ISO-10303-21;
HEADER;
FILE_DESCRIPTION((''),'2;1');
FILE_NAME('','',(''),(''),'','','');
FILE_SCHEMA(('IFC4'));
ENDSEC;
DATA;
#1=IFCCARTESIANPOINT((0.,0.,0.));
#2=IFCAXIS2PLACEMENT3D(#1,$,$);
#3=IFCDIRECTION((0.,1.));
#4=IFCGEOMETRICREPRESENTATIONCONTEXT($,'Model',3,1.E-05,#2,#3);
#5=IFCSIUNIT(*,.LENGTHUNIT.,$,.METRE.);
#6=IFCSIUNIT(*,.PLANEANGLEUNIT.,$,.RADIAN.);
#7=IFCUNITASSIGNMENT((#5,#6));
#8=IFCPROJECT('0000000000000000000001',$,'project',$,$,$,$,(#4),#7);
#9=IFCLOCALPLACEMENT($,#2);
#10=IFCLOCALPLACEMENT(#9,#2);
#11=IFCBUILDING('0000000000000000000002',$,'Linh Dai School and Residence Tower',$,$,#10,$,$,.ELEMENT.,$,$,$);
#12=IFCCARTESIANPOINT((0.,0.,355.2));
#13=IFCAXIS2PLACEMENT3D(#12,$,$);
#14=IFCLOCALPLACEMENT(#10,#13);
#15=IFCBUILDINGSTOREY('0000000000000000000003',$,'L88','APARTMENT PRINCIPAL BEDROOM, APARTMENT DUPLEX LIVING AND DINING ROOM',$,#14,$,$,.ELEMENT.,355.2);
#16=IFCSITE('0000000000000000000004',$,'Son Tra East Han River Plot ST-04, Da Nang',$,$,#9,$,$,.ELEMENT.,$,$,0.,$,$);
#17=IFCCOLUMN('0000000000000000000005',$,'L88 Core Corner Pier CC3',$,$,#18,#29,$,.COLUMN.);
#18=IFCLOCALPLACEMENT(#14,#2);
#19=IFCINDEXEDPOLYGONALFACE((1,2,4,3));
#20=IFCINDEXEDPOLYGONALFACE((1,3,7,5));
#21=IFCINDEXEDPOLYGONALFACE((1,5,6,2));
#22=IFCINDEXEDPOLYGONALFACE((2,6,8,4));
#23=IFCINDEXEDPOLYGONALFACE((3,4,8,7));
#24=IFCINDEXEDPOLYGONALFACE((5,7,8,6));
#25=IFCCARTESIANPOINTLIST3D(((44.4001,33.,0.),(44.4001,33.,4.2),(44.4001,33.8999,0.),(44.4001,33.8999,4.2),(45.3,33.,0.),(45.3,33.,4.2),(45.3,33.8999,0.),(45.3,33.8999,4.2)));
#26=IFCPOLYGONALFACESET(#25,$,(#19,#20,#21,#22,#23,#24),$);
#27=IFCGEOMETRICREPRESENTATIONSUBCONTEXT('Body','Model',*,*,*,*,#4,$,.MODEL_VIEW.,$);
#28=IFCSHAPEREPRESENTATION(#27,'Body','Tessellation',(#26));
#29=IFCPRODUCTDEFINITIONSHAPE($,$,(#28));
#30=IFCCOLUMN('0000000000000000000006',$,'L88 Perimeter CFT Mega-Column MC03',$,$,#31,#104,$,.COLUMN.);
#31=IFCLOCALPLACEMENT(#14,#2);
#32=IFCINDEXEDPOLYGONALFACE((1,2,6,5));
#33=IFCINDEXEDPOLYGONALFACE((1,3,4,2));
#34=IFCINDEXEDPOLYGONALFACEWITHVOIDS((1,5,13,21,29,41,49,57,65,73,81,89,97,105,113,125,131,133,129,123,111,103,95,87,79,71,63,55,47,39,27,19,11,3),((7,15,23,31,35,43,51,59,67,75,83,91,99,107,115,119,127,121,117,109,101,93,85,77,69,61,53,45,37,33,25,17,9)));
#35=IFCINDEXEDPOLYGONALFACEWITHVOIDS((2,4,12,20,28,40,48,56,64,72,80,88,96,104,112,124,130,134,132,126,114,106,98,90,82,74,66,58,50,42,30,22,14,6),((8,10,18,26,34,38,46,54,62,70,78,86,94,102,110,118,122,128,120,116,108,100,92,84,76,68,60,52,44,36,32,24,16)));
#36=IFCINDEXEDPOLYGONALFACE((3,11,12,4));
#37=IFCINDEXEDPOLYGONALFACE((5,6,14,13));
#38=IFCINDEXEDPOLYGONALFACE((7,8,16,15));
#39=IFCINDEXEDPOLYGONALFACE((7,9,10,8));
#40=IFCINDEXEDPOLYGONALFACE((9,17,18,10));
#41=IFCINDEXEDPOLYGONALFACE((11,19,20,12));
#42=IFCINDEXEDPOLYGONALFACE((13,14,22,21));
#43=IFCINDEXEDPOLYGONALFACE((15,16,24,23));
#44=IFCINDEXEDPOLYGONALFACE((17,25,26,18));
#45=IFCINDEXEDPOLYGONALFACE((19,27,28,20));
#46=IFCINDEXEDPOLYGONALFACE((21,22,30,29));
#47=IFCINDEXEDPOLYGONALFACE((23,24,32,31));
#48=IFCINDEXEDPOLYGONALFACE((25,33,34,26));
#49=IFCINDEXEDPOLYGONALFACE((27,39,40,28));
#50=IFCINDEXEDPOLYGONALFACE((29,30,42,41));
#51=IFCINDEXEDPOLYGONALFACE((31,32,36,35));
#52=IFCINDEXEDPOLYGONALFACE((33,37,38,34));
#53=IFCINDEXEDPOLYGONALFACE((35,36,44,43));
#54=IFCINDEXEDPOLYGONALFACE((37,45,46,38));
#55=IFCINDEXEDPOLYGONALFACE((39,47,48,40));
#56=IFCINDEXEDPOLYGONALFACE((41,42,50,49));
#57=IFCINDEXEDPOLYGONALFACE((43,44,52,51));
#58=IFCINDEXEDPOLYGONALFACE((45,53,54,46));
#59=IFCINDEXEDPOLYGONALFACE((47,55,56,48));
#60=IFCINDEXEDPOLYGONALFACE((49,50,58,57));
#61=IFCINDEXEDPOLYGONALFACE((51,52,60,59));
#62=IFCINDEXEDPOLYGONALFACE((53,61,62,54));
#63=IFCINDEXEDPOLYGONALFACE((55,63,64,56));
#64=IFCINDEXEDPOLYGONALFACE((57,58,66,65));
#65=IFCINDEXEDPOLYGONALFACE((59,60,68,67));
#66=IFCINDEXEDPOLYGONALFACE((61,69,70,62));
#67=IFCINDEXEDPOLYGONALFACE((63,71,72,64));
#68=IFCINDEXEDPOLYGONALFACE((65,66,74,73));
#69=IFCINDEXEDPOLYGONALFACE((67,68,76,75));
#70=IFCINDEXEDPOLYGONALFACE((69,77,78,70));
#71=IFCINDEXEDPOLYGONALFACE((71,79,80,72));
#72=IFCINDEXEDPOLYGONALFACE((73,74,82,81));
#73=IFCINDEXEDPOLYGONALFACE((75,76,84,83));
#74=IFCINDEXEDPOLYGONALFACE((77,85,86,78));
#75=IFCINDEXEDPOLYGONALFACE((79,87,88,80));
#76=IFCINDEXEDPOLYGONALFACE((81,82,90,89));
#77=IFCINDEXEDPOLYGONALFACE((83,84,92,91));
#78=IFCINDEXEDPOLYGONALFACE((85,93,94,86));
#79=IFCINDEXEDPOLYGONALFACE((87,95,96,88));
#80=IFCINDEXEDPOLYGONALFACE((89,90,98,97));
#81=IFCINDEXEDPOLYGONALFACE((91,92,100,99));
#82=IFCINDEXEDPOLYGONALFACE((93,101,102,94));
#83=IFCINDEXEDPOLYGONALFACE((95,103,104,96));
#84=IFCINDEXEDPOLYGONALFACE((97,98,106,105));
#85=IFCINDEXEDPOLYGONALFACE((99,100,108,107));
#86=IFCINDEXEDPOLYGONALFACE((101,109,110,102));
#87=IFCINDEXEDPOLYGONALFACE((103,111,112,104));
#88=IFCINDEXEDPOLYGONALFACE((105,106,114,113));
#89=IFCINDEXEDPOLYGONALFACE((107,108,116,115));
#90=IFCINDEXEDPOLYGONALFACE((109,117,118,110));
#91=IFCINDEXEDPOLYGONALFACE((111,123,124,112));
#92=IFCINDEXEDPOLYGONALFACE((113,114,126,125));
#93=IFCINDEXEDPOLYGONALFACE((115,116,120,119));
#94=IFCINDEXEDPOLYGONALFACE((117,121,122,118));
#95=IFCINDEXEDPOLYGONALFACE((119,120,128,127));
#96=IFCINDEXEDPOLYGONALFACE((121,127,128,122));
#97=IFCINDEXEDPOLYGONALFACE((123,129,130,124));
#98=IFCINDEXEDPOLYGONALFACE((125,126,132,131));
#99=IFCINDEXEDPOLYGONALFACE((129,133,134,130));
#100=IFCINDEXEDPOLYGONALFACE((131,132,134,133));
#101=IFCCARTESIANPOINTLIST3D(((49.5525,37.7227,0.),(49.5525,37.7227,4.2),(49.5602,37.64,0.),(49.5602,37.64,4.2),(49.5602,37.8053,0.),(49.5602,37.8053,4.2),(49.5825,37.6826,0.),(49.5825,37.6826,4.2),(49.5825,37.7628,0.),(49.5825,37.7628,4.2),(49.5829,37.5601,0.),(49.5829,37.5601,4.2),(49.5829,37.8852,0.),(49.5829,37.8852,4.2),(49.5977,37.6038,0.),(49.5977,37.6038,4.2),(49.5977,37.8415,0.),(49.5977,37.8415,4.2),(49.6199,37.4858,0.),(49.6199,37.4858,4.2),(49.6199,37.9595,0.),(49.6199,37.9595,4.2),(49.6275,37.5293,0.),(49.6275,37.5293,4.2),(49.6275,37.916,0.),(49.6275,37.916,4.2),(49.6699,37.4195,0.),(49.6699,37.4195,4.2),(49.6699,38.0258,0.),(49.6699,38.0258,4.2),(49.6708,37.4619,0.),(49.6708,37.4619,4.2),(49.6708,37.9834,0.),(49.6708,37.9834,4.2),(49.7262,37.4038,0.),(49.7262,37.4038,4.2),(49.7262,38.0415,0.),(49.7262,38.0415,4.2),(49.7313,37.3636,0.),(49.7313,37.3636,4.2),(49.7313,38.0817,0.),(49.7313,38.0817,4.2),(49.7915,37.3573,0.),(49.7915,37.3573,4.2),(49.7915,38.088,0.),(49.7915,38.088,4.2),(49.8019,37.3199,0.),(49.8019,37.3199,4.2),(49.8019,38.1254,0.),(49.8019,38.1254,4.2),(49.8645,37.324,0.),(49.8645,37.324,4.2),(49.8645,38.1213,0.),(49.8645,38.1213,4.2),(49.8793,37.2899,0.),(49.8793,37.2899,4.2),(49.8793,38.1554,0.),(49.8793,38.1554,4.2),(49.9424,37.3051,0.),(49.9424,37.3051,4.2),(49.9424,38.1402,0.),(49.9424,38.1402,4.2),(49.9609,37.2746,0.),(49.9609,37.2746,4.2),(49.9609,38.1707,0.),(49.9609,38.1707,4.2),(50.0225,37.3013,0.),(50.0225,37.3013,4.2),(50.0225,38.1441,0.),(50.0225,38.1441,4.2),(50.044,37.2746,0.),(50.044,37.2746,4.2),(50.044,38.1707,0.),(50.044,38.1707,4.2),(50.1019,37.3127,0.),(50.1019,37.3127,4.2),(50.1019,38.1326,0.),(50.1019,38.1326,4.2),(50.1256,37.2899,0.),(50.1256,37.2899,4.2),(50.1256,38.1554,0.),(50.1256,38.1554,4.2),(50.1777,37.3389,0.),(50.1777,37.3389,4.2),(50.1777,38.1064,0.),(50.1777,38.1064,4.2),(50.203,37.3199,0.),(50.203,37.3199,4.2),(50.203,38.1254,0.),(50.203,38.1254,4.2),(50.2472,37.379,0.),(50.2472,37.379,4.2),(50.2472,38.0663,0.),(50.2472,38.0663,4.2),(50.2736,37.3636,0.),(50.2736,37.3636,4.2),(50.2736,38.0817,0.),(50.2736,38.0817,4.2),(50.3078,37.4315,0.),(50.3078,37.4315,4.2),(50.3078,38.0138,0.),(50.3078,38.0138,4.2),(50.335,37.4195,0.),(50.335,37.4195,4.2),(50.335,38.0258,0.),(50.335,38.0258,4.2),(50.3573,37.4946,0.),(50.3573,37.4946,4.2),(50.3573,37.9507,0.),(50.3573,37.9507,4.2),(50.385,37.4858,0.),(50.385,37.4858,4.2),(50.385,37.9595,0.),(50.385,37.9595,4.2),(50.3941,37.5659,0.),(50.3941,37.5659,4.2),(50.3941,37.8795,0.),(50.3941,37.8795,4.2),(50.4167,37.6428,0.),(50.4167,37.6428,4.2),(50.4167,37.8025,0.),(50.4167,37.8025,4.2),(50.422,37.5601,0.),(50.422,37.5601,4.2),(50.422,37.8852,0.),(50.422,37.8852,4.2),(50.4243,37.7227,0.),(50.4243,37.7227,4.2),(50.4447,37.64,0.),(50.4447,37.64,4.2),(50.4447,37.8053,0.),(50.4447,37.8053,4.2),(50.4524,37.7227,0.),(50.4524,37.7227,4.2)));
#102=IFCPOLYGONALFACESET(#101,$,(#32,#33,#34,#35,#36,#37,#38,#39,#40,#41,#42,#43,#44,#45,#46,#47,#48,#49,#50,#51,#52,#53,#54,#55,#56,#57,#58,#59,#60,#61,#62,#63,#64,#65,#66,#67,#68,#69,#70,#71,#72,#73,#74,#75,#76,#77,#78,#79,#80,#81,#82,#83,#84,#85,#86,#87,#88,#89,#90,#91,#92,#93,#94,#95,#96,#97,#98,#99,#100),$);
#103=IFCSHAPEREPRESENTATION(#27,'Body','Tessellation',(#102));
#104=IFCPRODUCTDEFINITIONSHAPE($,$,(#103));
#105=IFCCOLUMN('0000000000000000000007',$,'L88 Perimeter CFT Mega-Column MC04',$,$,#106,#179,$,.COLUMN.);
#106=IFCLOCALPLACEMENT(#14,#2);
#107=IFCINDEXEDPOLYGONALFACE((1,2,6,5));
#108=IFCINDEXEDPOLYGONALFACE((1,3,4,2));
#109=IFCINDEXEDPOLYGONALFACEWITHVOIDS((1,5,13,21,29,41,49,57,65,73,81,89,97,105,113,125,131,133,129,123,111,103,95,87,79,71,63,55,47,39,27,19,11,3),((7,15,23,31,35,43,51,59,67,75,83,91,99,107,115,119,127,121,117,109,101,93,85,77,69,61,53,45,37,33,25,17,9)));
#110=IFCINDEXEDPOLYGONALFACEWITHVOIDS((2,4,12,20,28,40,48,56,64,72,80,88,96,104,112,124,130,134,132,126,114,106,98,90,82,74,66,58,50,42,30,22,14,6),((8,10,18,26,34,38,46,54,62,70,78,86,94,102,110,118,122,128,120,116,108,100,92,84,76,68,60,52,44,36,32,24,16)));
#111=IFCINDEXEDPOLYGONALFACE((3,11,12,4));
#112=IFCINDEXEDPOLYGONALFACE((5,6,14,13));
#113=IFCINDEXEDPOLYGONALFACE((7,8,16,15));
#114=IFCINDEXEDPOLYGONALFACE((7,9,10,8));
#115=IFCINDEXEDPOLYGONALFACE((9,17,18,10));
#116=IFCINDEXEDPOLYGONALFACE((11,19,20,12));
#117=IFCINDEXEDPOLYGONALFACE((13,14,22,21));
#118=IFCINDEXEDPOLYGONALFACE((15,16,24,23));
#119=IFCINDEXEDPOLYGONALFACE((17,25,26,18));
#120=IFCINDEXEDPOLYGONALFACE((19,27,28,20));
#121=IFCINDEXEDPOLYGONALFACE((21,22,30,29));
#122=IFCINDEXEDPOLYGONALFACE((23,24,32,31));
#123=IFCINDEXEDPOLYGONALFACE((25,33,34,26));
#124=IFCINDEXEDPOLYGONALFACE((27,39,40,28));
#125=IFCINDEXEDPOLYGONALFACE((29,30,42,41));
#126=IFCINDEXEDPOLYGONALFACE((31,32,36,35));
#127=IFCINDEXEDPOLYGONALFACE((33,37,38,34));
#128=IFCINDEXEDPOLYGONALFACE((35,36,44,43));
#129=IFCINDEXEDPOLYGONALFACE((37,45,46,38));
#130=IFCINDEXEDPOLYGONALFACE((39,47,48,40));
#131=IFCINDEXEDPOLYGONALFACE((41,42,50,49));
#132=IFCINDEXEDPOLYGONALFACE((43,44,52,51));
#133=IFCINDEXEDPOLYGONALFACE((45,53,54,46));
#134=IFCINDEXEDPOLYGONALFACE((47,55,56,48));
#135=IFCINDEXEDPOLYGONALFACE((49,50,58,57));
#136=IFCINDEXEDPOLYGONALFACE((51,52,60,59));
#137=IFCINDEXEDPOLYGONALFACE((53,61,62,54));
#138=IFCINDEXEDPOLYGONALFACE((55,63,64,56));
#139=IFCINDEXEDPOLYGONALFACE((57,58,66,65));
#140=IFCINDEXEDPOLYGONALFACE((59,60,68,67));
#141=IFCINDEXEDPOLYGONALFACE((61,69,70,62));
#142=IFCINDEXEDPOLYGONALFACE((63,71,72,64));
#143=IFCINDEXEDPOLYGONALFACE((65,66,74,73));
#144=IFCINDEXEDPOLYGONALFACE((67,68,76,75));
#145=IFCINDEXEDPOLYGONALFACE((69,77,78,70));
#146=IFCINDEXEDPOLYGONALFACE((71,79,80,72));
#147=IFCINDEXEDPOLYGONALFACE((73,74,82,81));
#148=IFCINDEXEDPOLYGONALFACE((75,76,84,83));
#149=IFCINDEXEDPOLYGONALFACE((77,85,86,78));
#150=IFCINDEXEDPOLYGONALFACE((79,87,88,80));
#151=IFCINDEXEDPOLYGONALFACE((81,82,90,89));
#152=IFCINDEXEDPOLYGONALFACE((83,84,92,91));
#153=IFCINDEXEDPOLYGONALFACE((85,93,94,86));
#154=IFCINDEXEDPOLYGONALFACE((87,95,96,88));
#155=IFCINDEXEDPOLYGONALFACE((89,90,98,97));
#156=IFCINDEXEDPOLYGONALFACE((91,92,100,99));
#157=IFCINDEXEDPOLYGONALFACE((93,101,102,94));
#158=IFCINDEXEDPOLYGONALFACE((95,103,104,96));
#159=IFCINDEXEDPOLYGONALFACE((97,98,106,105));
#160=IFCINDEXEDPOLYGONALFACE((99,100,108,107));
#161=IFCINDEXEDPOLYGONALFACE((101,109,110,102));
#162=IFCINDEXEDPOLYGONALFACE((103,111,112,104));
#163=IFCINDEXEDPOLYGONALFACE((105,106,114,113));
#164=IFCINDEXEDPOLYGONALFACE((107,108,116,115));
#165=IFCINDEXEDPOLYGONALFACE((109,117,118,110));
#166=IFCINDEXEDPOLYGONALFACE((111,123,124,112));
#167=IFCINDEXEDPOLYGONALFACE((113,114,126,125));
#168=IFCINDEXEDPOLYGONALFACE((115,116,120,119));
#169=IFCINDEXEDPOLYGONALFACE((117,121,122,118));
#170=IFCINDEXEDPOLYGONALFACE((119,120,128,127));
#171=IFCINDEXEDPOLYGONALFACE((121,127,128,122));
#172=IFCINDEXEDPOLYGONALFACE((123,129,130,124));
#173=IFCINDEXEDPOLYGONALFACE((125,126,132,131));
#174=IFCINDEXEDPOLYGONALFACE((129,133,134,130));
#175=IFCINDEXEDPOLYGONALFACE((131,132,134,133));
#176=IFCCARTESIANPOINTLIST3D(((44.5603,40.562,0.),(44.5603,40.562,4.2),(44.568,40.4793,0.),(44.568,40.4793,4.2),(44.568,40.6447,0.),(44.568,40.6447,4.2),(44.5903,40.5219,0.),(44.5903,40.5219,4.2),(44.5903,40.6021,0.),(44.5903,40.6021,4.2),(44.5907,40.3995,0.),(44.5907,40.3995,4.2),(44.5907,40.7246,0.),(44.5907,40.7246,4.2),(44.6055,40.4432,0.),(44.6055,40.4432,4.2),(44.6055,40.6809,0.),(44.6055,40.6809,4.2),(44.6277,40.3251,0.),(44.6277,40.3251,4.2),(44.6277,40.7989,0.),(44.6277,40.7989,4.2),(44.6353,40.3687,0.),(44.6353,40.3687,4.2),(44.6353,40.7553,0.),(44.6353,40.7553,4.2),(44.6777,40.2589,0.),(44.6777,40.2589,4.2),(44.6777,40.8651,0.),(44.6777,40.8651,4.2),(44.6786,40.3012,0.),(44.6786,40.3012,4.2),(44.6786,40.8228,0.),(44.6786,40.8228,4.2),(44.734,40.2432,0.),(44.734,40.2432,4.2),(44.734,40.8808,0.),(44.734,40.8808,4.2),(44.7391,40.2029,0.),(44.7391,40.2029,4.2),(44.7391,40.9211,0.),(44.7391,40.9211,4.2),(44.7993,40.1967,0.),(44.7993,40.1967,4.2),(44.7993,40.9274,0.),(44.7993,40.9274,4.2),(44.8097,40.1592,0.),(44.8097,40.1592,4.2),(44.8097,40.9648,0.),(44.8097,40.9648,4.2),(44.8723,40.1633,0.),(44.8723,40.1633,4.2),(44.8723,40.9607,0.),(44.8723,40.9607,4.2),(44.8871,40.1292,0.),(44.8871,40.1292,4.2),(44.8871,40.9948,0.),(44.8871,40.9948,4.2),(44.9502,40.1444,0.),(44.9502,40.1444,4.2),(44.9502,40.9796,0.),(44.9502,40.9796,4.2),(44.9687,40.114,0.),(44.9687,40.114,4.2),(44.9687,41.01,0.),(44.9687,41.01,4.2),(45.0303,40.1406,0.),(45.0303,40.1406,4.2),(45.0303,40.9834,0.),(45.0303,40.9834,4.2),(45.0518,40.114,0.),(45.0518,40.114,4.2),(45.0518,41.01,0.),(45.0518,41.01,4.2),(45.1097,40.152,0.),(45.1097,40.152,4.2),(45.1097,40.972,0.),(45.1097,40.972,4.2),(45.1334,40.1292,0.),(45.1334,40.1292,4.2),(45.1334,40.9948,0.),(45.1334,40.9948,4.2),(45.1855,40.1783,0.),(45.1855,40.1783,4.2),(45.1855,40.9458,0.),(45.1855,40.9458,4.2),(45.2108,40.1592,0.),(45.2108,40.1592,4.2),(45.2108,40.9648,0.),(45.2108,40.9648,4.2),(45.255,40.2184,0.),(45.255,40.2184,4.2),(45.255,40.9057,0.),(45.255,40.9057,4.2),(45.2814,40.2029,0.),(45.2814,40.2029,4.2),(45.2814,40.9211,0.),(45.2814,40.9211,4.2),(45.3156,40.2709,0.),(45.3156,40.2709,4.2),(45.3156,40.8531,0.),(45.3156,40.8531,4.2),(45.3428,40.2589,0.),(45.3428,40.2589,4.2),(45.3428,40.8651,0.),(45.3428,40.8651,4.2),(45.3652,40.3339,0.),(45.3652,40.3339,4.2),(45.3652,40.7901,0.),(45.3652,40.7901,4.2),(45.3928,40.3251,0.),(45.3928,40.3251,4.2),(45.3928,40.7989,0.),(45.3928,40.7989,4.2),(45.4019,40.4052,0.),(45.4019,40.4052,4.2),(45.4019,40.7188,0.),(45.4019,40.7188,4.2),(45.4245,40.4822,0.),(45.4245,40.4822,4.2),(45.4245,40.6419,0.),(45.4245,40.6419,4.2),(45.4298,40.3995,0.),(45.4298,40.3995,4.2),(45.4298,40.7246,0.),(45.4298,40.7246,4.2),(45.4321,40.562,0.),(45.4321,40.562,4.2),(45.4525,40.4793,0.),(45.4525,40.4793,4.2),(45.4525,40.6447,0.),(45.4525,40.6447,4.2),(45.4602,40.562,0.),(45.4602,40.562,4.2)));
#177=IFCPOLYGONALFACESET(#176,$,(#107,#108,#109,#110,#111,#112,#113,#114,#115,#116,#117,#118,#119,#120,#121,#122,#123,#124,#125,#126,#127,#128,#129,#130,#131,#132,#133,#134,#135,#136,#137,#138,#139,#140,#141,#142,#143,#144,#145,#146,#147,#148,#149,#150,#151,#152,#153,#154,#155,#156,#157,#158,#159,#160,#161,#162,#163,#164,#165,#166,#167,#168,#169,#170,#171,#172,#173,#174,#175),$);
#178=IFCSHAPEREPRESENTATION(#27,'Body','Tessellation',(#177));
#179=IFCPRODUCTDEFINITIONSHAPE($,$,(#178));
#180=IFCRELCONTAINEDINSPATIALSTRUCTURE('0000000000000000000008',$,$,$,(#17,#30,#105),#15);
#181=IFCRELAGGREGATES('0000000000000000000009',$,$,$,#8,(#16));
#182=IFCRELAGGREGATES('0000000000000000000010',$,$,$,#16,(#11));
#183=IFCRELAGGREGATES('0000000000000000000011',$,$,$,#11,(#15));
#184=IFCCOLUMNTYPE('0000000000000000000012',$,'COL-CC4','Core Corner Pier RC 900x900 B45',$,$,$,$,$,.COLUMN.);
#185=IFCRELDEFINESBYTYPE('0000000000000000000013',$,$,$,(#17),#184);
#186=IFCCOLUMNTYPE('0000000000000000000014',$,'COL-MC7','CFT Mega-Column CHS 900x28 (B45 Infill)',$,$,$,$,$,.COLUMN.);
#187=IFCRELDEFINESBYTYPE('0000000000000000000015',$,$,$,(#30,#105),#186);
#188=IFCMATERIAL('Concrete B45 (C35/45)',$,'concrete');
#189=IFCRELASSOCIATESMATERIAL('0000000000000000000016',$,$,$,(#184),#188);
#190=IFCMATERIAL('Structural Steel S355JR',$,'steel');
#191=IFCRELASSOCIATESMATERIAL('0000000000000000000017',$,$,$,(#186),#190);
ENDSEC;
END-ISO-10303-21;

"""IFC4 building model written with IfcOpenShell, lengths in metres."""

from ifc_helpers import new_model, si_unit, direction, frame, origin, origin_2d, place, context, subcontext, project, spatial, rectangle, hollow_circle, extrude, material, material_profile, profile_set, type_object, element, save


model = new_model("IFC4")

# Units and contexts
model_context = context("Model", 3, precision=1e-05, world=origin(), true_north=direction((0.0, 1.0)))
body_context = subcontext(model_context, "Body", "Model", "MODEL_VIEW")
ifc_project = project(units=[si_unit("LENGTHUNIT", "METRE"), si_unit("PLANEANGLEUNIT", "RADIAN")], contexts=[model_context])

# Site, building, storey
site_placement = place(None, origin())
site = spatial("IfcSite", under=ifc_project, at=site_placement, Name="Son Tra East Han River Plot ST-04, Da Nang", CompositionType="ELEMENT", RefElevation=0.0)
building_placement = place(site_placement, origin())
building = spatial("IfcBuilding", under=site, at=building_placement, Name="Linh Dai School and Residence Tower", CompositionType="ELEMENT")
storey_placement = place(building_placement, frame((0.0, 0.0, 355.2)))
storey = spatial("IfcBuildingStorey", under=building, at=storey_placement, Name="L88", Description="APARTMENT PRINCIPAL BEDROOM, APARTMENT DUPLEX LIVING AND DINING ROOM", CompositionType="ELEMENT", Elevation=355.2)

# Columns
ifc_material_1 = material(Name="Concrete B45 (C35/45)", Category="concrete")
ifc_material_profile_1 = material_profile(ifc_material_1, rectangle(XDim=0.8999, YDim=0.8999, at=origin_2d()), Name="RC 900x900")
ifc_profile_set_1 = profile_set([ifc_material_profile_1], Name="Concrete B45 (C35/45)")
column_type_1 = type_object("IfcColumnType", Name="COL-CC4", Description="Core Corner Pier RC 900x900 B45", PredefinedType="COLUMN", material=ifc_profile_set_1)
column_placement = place(storey_placement, frame((44.8501, 33.45, 0.0), z_axis=(0.0, 0.0, 1.0), x_axis=(1.0, 0.0, 0.0)))
element("IfcColumn", 1, at=column_placement, inside=storey, type_object=column_type_1, Name="L88 Core Corner Pier CC3", PredefinedType="COLUMN", context=body_context, shape_type="SweptSolid", body=[
    extrude(rectangle(XDim=0.8999, YDim=0.8999, at=origin_2d()), origin(), (0.0, 0.0, 1.0), 4.2),
])
ifc_material_2 = material(Name="Structural Steel S355JR", Category="steel")
ifc_material_profile_2 = material_profile(ifc_material_2, hollow_circle(Radius=0.45, WallThickness=0.0281, at=origin_2d()), Name="CHS 900x28")
ifc_profile_set_2 = profile_set([ifc_material_profile_2], Name="Structural Steel S355JR")
column_type_2 = type_object("IfcColumnType", Name="COL-MC7", Description="CFT Mega-Column CHS 900x28 (B45 Infill)", PredefinedType="COLUMN", material=ifc_profile_set_2)
for number, where, z_axis, x_axis, name in (
    (2, (50.0024, 37.7227, 0.0), (0.0, 0.0, 1.0), (1.0, 0.0, 0.0), "L88 Perimeter CFT Mega-Column MC03"),
    (3, (45.0103, 40.562, 0.0), (0.0, 0.0, 1.0), (1.0, 0.0, 0.0), "L88 Perimeter CFT Mega-Column MC04"),
):
    element("IfcColumn", number, at=place(storey_placement, frame(where, z_axis=z_axis, x_axis=x_axis)), inside=storey, type_object=column_type_2, Name=name, PredefinedType="COLUMN", context=body_context, shape_type="SweptSolid", body=[
        extrude(hollow_circle(Radius=0.45, WallThickness=0.0281, at=origin_2d()), origin(), (0.0, 0.0, 1.0), 4.2),
    ])

save(model, "model.ifc")
